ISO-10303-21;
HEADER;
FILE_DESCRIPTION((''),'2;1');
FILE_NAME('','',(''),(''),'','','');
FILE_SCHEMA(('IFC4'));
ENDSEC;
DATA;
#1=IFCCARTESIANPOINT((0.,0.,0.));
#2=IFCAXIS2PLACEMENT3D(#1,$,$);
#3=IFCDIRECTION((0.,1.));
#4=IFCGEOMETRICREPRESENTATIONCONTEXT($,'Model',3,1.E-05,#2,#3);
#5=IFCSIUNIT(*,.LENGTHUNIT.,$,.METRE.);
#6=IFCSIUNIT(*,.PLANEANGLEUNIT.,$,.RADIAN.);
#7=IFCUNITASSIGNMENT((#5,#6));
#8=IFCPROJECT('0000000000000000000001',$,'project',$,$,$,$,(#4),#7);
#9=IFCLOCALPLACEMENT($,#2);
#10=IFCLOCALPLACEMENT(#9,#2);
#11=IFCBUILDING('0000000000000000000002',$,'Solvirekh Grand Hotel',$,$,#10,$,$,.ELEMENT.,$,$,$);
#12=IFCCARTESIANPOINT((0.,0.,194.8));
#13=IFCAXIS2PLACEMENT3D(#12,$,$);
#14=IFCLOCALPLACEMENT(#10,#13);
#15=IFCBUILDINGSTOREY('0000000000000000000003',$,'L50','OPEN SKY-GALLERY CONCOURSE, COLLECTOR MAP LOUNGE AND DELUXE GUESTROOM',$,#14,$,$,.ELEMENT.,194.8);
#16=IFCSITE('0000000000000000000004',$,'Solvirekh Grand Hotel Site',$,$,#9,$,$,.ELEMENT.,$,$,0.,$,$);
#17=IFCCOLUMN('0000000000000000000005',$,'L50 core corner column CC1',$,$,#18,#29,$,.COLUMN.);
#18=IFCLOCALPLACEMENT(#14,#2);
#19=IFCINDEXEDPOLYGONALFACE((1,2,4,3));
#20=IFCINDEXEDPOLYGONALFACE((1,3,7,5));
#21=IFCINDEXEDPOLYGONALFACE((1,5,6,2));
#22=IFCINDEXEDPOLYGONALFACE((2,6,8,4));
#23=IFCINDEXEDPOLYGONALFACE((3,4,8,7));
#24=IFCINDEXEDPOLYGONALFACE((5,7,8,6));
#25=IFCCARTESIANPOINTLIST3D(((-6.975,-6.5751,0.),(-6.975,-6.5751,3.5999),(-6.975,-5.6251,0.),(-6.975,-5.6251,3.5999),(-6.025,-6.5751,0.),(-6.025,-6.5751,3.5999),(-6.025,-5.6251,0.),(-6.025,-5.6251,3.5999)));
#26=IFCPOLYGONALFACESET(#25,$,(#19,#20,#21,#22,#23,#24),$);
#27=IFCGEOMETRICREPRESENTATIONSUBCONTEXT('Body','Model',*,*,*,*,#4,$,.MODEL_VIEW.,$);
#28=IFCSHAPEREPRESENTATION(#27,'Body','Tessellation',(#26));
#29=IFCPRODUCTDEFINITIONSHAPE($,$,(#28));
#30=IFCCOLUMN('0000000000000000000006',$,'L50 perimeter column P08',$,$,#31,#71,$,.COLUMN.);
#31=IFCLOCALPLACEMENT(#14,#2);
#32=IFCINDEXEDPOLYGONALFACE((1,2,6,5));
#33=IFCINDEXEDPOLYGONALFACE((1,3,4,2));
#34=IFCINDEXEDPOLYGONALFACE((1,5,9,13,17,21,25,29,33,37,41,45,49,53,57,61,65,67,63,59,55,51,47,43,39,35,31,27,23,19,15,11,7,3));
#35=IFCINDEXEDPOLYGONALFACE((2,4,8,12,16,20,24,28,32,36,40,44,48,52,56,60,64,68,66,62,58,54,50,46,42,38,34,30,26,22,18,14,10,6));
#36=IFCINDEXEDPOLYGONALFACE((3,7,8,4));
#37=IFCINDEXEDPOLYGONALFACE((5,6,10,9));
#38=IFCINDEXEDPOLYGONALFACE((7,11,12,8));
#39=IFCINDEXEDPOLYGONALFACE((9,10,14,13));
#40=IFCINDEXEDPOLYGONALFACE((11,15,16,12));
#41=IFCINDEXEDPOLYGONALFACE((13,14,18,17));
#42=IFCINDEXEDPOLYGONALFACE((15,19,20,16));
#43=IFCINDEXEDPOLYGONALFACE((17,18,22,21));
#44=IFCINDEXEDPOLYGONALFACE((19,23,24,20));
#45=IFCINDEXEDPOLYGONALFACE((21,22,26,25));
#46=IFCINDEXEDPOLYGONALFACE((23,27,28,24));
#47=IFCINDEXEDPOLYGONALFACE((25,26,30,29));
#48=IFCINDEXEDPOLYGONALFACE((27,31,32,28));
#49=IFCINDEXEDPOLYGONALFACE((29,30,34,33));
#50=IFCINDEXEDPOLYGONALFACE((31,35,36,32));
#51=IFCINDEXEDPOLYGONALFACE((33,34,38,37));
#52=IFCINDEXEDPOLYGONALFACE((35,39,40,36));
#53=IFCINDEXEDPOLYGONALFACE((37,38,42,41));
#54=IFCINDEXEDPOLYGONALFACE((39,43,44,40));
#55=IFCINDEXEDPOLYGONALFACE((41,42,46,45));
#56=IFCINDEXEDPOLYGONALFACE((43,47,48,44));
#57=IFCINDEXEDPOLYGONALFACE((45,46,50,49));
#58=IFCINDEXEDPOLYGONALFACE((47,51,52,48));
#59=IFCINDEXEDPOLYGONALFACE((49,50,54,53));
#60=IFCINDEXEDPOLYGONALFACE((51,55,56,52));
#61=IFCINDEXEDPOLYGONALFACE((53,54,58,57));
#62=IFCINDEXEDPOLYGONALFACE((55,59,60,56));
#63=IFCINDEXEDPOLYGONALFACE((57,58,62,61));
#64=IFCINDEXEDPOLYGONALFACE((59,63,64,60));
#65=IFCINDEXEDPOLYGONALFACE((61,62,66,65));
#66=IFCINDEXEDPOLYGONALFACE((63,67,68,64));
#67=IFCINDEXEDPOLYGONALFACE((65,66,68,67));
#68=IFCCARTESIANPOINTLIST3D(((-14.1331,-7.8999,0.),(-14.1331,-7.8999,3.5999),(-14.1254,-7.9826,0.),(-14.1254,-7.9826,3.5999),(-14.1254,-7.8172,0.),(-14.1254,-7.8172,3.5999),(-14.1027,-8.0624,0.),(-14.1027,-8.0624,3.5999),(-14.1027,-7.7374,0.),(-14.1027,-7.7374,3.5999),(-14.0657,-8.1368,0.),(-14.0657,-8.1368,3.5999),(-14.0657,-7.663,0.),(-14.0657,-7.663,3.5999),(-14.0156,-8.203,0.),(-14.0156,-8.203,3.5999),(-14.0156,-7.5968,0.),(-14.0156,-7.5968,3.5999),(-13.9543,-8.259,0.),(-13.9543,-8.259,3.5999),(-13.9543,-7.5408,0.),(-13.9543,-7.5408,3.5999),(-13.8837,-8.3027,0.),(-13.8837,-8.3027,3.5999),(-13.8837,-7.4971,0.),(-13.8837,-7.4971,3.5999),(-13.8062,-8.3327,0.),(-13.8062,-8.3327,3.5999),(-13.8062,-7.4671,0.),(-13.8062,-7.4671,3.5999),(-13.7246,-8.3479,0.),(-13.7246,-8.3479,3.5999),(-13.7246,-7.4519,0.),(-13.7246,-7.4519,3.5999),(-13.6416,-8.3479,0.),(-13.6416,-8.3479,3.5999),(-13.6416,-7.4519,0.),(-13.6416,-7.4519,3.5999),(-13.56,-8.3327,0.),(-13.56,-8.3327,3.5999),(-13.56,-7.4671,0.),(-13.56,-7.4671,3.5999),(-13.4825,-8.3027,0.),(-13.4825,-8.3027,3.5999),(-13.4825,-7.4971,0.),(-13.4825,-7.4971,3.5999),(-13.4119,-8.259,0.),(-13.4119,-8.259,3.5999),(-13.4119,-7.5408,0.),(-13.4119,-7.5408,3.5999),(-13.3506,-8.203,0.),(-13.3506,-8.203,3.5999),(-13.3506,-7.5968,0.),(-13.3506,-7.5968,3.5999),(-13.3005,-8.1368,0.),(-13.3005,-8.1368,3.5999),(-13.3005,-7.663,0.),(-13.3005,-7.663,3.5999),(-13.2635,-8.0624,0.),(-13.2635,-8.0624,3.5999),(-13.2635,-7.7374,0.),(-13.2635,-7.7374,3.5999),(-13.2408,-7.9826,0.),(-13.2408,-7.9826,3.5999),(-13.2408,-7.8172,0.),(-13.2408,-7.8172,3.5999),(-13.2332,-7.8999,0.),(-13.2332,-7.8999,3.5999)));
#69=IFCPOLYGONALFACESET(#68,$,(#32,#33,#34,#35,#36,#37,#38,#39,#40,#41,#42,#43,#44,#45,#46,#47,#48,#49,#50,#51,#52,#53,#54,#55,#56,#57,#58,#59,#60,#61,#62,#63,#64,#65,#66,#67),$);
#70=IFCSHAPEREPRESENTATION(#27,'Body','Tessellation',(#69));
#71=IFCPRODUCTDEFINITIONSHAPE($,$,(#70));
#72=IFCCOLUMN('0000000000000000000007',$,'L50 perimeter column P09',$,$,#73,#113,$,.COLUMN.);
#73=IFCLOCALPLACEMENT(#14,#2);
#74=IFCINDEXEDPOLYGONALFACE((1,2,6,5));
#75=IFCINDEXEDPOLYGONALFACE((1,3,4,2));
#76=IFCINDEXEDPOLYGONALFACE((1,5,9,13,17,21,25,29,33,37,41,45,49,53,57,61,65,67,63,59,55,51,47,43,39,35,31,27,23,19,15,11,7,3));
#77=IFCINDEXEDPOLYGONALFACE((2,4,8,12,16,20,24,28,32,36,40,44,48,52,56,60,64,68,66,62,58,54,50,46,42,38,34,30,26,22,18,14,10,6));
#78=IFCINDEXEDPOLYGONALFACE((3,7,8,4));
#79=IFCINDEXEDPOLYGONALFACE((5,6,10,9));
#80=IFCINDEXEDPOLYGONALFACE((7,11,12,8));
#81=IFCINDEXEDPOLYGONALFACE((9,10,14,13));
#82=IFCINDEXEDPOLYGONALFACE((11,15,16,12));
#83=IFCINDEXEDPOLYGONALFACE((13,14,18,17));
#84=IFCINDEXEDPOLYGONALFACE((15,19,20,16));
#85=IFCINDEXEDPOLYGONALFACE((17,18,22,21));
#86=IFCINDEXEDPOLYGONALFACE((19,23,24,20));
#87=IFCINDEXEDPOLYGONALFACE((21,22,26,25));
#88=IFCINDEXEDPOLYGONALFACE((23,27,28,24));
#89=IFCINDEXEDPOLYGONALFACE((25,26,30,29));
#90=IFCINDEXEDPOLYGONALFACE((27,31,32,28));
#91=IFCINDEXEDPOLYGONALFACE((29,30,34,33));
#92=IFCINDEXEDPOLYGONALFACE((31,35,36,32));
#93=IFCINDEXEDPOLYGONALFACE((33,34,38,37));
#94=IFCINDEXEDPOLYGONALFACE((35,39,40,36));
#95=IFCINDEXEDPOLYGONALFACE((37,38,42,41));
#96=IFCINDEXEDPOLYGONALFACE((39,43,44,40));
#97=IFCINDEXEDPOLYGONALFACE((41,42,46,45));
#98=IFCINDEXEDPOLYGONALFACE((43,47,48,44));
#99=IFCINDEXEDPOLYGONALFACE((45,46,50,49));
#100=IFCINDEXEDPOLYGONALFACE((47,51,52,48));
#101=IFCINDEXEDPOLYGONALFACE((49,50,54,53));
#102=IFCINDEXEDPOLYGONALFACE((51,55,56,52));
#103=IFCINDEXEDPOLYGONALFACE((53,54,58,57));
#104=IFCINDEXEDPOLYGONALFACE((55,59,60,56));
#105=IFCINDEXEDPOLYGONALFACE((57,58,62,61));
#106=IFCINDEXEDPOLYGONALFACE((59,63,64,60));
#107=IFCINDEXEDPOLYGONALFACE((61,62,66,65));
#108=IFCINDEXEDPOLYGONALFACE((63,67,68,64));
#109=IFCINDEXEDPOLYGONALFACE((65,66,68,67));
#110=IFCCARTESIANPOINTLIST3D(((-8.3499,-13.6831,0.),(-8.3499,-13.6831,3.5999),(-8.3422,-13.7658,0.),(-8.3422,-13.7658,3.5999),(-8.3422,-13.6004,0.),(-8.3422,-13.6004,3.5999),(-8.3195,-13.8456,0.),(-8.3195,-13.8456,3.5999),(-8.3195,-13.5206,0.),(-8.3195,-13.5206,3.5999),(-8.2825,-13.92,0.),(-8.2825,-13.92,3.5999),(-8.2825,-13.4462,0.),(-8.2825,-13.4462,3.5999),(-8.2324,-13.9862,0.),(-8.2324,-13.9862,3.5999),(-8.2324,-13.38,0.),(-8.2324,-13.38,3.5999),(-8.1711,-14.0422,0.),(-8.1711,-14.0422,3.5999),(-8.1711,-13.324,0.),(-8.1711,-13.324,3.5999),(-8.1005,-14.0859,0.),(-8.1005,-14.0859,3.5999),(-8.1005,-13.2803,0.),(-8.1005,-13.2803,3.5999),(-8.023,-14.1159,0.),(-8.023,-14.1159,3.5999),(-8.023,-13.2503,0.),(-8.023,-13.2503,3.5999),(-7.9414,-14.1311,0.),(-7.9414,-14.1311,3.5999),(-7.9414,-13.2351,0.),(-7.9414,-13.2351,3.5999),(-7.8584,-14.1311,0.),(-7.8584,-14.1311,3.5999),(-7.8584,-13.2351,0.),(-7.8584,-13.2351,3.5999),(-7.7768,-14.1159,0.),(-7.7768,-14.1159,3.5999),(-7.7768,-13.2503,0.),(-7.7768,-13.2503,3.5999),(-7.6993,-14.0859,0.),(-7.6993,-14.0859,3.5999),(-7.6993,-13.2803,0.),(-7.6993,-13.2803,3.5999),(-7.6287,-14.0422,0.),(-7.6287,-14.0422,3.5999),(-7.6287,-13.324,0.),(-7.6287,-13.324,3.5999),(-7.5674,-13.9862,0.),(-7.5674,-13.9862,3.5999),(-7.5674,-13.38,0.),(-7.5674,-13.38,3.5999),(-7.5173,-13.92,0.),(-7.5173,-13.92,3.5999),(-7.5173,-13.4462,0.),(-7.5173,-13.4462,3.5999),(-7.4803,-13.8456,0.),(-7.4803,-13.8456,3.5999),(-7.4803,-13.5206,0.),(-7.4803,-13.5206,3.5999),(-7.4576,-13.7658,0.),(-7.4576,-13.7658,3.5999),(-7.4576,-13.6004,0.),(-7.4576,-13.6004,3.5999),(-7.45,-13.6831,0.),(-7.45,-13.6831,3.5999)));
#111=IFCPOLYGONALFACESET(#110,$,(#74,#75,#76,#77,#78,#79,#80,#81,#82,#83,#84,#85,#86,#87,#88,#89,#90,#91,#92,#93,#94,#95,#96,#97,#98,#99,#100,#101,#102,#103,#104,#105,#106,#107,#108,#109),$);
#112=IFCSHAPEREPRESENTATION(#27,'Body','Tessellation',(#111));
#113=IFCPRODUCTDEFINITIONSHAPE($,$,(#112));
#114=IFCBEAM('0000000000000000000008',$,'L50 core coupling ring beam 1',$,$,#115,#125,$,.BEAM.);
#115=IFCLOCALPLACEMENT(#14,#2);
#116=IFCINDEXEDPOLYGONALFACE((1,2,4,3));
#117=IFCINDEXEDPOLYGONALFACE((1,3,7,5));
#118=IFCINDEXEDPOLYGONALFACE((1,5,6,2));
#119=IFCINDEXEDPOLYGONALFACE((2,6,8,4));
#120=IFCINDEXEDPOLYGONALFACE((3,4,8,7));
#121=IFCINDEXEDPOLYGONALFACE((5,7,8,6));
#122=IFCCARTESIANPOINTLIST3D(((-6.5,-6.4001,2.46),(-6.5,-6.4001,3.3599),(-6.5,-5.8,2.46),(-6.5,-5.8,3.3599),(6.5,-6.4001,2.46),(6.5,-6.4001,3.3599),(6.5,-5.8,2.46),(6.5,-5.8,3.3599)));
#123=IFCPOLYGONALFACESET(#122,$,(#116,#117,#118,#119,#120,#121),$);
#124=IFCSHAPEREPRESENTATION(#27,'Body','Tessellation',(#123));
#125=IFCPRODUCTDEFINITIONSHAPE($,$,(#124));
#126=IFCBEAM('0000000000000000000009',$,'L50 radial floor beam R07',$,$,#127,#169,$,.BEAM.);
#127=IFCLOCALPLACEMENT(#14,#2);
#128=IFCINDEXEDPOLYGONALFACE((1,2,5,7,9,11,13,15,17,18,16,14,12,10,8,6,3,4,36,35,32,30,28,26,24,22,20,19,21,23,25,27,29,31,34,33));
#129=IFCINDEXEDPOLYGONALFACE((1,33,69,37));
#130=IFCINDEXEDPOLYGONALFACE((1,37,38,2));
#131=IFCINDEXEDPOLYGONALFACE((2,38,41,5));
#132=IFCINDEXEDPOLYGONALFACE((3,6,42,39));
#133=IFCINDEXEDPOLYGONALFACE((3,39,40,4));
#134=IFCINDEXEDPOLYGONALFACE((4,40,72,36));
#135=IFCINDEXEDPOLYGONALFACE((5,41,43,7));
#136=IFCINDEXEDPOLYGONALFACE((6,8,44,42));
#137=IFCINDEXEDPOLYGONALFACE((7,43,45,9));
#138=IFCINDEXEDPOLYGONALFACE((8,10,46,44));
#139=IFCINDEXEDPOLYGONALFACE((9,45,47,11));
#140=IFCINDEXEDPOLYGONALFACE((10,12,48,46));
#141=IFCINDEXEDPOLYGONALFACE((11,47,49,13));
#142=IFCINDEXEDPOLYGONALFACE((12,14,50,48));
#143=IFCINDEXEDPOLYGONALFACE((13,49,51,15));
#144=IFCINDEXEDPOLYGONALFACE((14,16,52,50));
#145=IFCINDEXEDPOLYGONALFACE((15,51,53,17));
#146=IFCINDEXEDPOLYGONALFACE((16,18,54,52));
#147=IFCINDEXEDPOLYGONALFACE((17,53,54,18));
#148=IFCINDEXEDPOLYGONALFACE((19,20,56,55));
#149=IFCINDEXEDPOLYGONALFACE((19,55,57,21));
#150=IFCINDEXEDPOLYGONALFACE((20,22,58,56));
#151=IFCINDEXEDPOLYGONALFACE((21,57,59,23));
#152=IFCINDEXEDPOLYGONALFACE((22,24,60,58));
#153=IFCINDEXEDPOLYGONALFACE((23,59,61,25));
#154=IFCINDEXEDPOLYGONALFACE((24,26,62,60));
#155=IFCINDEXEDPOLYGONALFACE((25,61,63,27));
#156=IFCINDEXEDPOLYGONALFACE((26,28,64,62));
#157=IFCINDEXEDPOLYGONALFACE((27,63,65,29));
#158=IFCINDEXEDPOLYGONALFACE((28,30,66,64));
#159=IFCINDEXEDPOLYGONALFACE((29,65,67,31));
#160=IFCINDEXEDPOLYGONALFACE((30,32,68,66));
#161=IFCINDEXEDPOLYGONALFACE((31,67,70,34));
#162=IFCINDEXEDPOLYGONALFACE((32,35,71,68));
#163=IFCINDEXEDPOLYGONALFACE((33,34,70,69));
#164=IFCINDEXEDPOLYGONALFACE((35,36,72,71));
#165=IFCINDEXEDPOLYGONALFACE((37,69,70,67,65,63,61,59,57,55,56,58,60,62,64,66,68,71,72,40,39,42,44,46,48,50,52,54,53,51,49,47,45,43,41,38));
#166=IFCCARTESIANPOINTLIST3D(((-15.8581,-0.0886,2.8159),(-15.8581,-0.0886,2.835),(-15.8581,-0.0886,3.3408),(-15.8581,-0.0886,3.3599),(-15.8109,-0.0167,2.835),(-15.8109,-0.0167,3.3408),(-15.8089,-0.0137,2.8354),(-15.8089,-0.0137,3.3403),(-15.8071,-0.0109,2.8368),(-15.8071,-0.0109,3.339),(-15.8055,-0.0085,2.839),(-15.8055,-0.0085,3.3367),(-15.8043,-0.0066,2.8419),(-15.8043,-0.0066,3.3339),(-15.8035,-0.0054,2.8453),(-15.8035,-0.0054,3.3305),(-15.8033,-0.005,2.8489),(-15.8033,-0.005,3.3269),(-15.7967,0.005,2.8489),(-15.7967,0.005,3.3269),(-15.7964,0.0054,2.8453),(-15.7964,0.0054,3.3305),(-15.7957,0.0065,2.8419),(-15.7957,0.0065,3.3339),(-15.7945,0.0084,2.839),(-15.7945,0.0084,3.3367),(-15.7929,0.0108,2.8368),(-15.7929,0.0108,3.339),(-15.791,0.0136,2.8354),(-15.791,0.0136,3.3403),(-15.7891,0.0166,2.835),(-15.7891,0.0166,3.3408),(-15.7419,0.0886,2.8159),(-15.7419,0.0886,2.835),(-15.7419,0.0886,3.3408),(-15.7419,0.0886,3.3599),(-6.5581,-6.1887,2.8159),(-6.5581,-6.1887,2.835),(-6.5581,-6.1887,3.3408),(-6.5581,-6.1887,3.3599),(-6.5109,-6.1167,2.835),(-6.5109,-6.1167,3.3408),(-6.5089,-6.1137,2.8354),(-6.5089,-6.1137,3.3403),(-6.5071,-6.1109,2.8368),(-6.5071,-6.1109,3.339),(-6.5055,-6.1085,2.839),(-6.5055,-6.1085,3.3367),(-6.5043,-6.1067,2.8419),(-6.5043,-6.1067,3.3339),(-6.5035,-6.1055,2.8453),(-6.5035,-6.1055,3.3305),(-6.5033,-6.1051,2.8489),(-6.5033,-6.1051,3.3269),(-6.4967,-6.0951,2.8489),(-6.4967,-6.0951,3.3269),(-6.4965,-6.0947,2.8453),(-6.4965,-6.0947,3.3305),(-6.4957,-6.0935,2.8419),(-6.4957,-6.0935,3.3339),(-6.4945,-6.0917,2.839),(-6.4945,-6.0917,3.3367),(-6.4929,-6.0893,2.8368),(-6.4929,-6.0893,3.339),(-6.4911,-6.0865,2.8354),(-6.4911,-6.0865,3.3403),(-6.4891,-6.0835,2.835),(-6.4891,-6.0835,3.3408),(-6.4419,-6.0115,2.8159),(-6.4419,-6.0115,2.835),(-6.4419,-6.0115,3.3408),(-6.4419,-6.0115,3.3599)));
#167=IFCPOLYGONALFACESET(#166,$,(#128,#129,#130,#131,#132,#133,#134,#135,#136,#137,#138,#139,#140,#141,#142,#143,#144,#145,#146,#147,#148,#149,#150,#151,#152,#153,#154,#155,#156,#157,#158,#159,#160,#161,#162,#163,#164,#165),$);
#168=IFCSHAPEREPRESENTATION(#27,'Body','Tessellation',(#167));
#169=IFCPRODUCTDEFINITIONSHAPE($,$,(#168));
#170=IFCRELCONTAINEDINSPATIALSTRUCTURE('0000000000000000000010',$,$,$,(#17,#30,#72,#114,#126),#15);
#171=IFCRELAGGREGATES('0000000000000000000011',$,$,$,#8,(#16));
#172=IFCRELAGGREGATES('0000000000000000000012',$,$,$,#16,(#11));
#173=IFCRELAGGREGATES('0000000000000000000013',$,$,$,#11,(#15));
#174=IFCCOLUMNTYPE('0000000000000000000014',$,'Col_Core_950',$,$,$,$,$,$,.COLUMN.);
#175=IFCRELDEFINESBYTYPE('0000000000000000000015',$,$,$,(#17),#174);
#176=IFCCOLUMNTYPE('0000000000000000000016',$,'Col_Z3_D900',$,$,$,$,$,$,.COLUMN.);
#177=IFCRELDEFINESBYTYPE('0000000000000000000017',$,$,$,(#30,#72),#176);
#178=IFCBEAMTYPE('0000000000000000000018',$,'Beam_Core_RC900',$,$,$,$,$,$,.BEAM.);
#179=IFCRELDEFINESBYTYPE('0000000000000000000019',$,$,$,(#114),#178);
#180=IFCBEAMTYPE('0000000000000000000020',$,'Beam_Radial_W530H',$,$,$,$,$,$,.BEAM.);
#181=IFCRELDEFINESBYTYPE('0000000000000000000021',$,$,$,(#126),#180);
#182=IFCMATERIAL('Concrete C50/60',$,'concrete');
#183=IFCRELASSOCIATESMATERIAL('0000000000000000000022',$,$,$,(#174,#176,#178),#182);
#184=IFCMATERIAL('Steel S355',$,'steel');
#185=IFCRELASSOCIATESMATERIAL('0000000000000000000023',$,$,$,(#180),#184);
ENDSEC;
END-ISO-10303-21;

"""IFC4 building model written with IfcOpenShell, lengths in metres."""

from ifc_helpers import new_model, si_unit, direction, frame, origin, origin_2d, place, context, subcontext, project, spatial, rectangle, circle, i_section, extrude, material, material_profile, profile_set, type_object, element, save


model = new_model("IFC4")

# Units and contexts
model_context = context("Model", 3, precision=1e-05, world=origin(), true_north=direction((0.0, 1.0)))
body_context = subcontext(model_context, "Body", "Model", "MODEL_VIEW")
ifc_project = project(units=[si_unit("LENGTHUNIT", "METRE"), si_unit("PLANEANGLEUNIT", "RADIAN")], contexts=[model_context])

# Site, building, storey
site_placement = place(None, origin())
site = spatial("IfcSite", under=ifc_project, at=site_placement, Name="Solvirekh Grand Hotel Site", CompositionType="ELEMENT", RefElevation=0.0)
building_placement = place(site_placement, origin())
building = spatial("IfcBuilding", under=site, at=building_placement, Name="Solvirekh Grand Hotel", CompositionType="ELEMENT")
storey_placement = place(building_placement, frame((0.0, 0.0, 194.8)))
storey = spatial("IfcBuildingStorey", under=building, at=storey_placement, Name="L50", Description="OPEN SKY-GALLERY CONCOURSE, COLLECTOR MAP LOUNGE AND DELUXE GUESTROOM", CompositionType="ELEMENT", Elevation=194.8)

# Columns
ifc_material_1 = material(Name="Concrete C50/60", Category="concrete")
ifc_material_profile_1 = material_profile(ifc_material_1, rectangle(XDim=0.95, YDim=0.95, at=origin_2d()), Name="RC 950X950")
ifc_profile_set_1 = profile_set([ifc_material_profile_1], Name="Concrete C50/60")
column_type_1 = type_object("IfcColumnType", Name="Col_Core_950", PredefinedType="COLUMN", material=ifc_profile_set_1)
column_placement = place(storey_placement, frame((-6.5, -6.1001, 0.0), z_axis=(0.0, 0.0, 1.0), x_axis=(1.0, 0.0, 0.0)))
element("IfcColumn", 1, at=column_placement, inside=storey, type_object=column_type_1, Name="L50 core corner column CC1", PredefinedType="COLUMN", context=body_context, shape_type="SweptSolid", body=[
    extrude(rectangle(XDim=0.95, YDim=0.95, at=origin_2d()), origin(), (0.0, 0.0, 1.0), 3.5999),
])
ifc_material_profile_2 = material_profile(ifc_material_1, circle(Radius=0.45, at=origin_2d()), Name="RC CIRC D900")
ifc_profile_set_2 = profile_set([ifc_material_profile_2], Name="Concrete C50/60")
column_type_2 = type_object("IfcColumnType", Name="Col_Z3_D900", PredefinedType="COLUMN", material=ifc_profile_set_2)
for number, where, z_axis, x_axis, name in (
    (2, (-13.6831, -7.8999, 0.0), (0.0, 0.0, 1.0), (1.0, 0.0, 0.0), "L50 perimeter column P08"),
    (3, (-7.8999, -13.6831, 0.0), (0.0, 0.0, 1.0), (1.0, 0.0, 0.0), "L50 perimeter column P09"),
):
    element("IfcColumn", number, at=place(storey_placement, frame(where, z_axis=z_axis, x_axis=x_axis)), inside=storey, type_object=column_type_2, Name=name, PredefinedType="COLUMN", context=body_context, shape_type="SweptSolid", body=[
        extrude(circle(Radius=0.45, at=origin_2d()), origin(), (0.0, 0.0, 1.0), 3.5999),
    ])

# Beams
ifc_material_profile_3 = material_profile(ifc_material_1, rectangle(XDim=0.6001, YDim=0.8999, at=origin_2d()), Name="RC BEAM 600X900")
ifc_profile_set_3 = profile_set([ifc_material_profile_3], Name="Concrete C50/60")
beam_type_1 = type_object("IfcBeamType", Name="Beam_Core_RC900", PredefinedType="BEAM", material=ifc_profile_set_3)
beam_1_placement = place(storey_placement, frame((-6.5, -6.1001, 2.9099), z_axis=(1.0, 0.0, 0.0), x_axis=(0.0, 1.0, 0.0)))
element("IfcBeam", 4, at=beam_1_placement, inside=storey, type_object=beam_type_1, Name="L50 core coupling ring beam 1", PredefinedType="BEAM", context=body_context, shape_type="SweptSolid", body=[
    extrude(rectangle(XDim=0.6001, YDim=0.8999, at=origin_2d()), origin(), (0.0, 0.0, 1.0), 13.0),
])
ifc_material_2 = material(Name="Steel S355", Category="steel")
ifc_material_profile_4 = material_profile(ifc_material_2, i_section(OverallWidth=0.2119, OverallDepth=0.5439, WebThickness=0.012, FlangeThickness=0.019, FilletRadius=0.0139, at=origin_2d()), Name="W530X123")
ifc_profile_set_4 = profile_set([ifc_material_profile_4], Name="Steel S355")
beam_type_2 = type_object("IfcBeamType", Name="Beam_Radial_W530H", PredefinedType="BEAM", material=ifc_profile_set_4)
beam_2_placement = place(storey_placement, frame((-6.5, -6.1001, 3.0879), z_axis=(-0.836174, 0.548464, 0.0), x_axis=(-0.548464, -0.836174, 0.0)))
element("IfcBeam", 5, at=beam_2_placement, inside=storey, type_object=beam_type_2, Name="L50 radial floor beam R07", PredefinedType="BEAM", context=body_context, shape_type="SweptSolid", body=[
    extrude(i_section(OverallWidth=0.2119, OverallDepth=0.5439, WebThickness=0.012, FlangeThickness=0.019, FilletRadius=0.0139, at=origin_2d()), origin(), (0.0, 0.0, 1.0), 11.1221),
])

save(model, "model.ifc")
